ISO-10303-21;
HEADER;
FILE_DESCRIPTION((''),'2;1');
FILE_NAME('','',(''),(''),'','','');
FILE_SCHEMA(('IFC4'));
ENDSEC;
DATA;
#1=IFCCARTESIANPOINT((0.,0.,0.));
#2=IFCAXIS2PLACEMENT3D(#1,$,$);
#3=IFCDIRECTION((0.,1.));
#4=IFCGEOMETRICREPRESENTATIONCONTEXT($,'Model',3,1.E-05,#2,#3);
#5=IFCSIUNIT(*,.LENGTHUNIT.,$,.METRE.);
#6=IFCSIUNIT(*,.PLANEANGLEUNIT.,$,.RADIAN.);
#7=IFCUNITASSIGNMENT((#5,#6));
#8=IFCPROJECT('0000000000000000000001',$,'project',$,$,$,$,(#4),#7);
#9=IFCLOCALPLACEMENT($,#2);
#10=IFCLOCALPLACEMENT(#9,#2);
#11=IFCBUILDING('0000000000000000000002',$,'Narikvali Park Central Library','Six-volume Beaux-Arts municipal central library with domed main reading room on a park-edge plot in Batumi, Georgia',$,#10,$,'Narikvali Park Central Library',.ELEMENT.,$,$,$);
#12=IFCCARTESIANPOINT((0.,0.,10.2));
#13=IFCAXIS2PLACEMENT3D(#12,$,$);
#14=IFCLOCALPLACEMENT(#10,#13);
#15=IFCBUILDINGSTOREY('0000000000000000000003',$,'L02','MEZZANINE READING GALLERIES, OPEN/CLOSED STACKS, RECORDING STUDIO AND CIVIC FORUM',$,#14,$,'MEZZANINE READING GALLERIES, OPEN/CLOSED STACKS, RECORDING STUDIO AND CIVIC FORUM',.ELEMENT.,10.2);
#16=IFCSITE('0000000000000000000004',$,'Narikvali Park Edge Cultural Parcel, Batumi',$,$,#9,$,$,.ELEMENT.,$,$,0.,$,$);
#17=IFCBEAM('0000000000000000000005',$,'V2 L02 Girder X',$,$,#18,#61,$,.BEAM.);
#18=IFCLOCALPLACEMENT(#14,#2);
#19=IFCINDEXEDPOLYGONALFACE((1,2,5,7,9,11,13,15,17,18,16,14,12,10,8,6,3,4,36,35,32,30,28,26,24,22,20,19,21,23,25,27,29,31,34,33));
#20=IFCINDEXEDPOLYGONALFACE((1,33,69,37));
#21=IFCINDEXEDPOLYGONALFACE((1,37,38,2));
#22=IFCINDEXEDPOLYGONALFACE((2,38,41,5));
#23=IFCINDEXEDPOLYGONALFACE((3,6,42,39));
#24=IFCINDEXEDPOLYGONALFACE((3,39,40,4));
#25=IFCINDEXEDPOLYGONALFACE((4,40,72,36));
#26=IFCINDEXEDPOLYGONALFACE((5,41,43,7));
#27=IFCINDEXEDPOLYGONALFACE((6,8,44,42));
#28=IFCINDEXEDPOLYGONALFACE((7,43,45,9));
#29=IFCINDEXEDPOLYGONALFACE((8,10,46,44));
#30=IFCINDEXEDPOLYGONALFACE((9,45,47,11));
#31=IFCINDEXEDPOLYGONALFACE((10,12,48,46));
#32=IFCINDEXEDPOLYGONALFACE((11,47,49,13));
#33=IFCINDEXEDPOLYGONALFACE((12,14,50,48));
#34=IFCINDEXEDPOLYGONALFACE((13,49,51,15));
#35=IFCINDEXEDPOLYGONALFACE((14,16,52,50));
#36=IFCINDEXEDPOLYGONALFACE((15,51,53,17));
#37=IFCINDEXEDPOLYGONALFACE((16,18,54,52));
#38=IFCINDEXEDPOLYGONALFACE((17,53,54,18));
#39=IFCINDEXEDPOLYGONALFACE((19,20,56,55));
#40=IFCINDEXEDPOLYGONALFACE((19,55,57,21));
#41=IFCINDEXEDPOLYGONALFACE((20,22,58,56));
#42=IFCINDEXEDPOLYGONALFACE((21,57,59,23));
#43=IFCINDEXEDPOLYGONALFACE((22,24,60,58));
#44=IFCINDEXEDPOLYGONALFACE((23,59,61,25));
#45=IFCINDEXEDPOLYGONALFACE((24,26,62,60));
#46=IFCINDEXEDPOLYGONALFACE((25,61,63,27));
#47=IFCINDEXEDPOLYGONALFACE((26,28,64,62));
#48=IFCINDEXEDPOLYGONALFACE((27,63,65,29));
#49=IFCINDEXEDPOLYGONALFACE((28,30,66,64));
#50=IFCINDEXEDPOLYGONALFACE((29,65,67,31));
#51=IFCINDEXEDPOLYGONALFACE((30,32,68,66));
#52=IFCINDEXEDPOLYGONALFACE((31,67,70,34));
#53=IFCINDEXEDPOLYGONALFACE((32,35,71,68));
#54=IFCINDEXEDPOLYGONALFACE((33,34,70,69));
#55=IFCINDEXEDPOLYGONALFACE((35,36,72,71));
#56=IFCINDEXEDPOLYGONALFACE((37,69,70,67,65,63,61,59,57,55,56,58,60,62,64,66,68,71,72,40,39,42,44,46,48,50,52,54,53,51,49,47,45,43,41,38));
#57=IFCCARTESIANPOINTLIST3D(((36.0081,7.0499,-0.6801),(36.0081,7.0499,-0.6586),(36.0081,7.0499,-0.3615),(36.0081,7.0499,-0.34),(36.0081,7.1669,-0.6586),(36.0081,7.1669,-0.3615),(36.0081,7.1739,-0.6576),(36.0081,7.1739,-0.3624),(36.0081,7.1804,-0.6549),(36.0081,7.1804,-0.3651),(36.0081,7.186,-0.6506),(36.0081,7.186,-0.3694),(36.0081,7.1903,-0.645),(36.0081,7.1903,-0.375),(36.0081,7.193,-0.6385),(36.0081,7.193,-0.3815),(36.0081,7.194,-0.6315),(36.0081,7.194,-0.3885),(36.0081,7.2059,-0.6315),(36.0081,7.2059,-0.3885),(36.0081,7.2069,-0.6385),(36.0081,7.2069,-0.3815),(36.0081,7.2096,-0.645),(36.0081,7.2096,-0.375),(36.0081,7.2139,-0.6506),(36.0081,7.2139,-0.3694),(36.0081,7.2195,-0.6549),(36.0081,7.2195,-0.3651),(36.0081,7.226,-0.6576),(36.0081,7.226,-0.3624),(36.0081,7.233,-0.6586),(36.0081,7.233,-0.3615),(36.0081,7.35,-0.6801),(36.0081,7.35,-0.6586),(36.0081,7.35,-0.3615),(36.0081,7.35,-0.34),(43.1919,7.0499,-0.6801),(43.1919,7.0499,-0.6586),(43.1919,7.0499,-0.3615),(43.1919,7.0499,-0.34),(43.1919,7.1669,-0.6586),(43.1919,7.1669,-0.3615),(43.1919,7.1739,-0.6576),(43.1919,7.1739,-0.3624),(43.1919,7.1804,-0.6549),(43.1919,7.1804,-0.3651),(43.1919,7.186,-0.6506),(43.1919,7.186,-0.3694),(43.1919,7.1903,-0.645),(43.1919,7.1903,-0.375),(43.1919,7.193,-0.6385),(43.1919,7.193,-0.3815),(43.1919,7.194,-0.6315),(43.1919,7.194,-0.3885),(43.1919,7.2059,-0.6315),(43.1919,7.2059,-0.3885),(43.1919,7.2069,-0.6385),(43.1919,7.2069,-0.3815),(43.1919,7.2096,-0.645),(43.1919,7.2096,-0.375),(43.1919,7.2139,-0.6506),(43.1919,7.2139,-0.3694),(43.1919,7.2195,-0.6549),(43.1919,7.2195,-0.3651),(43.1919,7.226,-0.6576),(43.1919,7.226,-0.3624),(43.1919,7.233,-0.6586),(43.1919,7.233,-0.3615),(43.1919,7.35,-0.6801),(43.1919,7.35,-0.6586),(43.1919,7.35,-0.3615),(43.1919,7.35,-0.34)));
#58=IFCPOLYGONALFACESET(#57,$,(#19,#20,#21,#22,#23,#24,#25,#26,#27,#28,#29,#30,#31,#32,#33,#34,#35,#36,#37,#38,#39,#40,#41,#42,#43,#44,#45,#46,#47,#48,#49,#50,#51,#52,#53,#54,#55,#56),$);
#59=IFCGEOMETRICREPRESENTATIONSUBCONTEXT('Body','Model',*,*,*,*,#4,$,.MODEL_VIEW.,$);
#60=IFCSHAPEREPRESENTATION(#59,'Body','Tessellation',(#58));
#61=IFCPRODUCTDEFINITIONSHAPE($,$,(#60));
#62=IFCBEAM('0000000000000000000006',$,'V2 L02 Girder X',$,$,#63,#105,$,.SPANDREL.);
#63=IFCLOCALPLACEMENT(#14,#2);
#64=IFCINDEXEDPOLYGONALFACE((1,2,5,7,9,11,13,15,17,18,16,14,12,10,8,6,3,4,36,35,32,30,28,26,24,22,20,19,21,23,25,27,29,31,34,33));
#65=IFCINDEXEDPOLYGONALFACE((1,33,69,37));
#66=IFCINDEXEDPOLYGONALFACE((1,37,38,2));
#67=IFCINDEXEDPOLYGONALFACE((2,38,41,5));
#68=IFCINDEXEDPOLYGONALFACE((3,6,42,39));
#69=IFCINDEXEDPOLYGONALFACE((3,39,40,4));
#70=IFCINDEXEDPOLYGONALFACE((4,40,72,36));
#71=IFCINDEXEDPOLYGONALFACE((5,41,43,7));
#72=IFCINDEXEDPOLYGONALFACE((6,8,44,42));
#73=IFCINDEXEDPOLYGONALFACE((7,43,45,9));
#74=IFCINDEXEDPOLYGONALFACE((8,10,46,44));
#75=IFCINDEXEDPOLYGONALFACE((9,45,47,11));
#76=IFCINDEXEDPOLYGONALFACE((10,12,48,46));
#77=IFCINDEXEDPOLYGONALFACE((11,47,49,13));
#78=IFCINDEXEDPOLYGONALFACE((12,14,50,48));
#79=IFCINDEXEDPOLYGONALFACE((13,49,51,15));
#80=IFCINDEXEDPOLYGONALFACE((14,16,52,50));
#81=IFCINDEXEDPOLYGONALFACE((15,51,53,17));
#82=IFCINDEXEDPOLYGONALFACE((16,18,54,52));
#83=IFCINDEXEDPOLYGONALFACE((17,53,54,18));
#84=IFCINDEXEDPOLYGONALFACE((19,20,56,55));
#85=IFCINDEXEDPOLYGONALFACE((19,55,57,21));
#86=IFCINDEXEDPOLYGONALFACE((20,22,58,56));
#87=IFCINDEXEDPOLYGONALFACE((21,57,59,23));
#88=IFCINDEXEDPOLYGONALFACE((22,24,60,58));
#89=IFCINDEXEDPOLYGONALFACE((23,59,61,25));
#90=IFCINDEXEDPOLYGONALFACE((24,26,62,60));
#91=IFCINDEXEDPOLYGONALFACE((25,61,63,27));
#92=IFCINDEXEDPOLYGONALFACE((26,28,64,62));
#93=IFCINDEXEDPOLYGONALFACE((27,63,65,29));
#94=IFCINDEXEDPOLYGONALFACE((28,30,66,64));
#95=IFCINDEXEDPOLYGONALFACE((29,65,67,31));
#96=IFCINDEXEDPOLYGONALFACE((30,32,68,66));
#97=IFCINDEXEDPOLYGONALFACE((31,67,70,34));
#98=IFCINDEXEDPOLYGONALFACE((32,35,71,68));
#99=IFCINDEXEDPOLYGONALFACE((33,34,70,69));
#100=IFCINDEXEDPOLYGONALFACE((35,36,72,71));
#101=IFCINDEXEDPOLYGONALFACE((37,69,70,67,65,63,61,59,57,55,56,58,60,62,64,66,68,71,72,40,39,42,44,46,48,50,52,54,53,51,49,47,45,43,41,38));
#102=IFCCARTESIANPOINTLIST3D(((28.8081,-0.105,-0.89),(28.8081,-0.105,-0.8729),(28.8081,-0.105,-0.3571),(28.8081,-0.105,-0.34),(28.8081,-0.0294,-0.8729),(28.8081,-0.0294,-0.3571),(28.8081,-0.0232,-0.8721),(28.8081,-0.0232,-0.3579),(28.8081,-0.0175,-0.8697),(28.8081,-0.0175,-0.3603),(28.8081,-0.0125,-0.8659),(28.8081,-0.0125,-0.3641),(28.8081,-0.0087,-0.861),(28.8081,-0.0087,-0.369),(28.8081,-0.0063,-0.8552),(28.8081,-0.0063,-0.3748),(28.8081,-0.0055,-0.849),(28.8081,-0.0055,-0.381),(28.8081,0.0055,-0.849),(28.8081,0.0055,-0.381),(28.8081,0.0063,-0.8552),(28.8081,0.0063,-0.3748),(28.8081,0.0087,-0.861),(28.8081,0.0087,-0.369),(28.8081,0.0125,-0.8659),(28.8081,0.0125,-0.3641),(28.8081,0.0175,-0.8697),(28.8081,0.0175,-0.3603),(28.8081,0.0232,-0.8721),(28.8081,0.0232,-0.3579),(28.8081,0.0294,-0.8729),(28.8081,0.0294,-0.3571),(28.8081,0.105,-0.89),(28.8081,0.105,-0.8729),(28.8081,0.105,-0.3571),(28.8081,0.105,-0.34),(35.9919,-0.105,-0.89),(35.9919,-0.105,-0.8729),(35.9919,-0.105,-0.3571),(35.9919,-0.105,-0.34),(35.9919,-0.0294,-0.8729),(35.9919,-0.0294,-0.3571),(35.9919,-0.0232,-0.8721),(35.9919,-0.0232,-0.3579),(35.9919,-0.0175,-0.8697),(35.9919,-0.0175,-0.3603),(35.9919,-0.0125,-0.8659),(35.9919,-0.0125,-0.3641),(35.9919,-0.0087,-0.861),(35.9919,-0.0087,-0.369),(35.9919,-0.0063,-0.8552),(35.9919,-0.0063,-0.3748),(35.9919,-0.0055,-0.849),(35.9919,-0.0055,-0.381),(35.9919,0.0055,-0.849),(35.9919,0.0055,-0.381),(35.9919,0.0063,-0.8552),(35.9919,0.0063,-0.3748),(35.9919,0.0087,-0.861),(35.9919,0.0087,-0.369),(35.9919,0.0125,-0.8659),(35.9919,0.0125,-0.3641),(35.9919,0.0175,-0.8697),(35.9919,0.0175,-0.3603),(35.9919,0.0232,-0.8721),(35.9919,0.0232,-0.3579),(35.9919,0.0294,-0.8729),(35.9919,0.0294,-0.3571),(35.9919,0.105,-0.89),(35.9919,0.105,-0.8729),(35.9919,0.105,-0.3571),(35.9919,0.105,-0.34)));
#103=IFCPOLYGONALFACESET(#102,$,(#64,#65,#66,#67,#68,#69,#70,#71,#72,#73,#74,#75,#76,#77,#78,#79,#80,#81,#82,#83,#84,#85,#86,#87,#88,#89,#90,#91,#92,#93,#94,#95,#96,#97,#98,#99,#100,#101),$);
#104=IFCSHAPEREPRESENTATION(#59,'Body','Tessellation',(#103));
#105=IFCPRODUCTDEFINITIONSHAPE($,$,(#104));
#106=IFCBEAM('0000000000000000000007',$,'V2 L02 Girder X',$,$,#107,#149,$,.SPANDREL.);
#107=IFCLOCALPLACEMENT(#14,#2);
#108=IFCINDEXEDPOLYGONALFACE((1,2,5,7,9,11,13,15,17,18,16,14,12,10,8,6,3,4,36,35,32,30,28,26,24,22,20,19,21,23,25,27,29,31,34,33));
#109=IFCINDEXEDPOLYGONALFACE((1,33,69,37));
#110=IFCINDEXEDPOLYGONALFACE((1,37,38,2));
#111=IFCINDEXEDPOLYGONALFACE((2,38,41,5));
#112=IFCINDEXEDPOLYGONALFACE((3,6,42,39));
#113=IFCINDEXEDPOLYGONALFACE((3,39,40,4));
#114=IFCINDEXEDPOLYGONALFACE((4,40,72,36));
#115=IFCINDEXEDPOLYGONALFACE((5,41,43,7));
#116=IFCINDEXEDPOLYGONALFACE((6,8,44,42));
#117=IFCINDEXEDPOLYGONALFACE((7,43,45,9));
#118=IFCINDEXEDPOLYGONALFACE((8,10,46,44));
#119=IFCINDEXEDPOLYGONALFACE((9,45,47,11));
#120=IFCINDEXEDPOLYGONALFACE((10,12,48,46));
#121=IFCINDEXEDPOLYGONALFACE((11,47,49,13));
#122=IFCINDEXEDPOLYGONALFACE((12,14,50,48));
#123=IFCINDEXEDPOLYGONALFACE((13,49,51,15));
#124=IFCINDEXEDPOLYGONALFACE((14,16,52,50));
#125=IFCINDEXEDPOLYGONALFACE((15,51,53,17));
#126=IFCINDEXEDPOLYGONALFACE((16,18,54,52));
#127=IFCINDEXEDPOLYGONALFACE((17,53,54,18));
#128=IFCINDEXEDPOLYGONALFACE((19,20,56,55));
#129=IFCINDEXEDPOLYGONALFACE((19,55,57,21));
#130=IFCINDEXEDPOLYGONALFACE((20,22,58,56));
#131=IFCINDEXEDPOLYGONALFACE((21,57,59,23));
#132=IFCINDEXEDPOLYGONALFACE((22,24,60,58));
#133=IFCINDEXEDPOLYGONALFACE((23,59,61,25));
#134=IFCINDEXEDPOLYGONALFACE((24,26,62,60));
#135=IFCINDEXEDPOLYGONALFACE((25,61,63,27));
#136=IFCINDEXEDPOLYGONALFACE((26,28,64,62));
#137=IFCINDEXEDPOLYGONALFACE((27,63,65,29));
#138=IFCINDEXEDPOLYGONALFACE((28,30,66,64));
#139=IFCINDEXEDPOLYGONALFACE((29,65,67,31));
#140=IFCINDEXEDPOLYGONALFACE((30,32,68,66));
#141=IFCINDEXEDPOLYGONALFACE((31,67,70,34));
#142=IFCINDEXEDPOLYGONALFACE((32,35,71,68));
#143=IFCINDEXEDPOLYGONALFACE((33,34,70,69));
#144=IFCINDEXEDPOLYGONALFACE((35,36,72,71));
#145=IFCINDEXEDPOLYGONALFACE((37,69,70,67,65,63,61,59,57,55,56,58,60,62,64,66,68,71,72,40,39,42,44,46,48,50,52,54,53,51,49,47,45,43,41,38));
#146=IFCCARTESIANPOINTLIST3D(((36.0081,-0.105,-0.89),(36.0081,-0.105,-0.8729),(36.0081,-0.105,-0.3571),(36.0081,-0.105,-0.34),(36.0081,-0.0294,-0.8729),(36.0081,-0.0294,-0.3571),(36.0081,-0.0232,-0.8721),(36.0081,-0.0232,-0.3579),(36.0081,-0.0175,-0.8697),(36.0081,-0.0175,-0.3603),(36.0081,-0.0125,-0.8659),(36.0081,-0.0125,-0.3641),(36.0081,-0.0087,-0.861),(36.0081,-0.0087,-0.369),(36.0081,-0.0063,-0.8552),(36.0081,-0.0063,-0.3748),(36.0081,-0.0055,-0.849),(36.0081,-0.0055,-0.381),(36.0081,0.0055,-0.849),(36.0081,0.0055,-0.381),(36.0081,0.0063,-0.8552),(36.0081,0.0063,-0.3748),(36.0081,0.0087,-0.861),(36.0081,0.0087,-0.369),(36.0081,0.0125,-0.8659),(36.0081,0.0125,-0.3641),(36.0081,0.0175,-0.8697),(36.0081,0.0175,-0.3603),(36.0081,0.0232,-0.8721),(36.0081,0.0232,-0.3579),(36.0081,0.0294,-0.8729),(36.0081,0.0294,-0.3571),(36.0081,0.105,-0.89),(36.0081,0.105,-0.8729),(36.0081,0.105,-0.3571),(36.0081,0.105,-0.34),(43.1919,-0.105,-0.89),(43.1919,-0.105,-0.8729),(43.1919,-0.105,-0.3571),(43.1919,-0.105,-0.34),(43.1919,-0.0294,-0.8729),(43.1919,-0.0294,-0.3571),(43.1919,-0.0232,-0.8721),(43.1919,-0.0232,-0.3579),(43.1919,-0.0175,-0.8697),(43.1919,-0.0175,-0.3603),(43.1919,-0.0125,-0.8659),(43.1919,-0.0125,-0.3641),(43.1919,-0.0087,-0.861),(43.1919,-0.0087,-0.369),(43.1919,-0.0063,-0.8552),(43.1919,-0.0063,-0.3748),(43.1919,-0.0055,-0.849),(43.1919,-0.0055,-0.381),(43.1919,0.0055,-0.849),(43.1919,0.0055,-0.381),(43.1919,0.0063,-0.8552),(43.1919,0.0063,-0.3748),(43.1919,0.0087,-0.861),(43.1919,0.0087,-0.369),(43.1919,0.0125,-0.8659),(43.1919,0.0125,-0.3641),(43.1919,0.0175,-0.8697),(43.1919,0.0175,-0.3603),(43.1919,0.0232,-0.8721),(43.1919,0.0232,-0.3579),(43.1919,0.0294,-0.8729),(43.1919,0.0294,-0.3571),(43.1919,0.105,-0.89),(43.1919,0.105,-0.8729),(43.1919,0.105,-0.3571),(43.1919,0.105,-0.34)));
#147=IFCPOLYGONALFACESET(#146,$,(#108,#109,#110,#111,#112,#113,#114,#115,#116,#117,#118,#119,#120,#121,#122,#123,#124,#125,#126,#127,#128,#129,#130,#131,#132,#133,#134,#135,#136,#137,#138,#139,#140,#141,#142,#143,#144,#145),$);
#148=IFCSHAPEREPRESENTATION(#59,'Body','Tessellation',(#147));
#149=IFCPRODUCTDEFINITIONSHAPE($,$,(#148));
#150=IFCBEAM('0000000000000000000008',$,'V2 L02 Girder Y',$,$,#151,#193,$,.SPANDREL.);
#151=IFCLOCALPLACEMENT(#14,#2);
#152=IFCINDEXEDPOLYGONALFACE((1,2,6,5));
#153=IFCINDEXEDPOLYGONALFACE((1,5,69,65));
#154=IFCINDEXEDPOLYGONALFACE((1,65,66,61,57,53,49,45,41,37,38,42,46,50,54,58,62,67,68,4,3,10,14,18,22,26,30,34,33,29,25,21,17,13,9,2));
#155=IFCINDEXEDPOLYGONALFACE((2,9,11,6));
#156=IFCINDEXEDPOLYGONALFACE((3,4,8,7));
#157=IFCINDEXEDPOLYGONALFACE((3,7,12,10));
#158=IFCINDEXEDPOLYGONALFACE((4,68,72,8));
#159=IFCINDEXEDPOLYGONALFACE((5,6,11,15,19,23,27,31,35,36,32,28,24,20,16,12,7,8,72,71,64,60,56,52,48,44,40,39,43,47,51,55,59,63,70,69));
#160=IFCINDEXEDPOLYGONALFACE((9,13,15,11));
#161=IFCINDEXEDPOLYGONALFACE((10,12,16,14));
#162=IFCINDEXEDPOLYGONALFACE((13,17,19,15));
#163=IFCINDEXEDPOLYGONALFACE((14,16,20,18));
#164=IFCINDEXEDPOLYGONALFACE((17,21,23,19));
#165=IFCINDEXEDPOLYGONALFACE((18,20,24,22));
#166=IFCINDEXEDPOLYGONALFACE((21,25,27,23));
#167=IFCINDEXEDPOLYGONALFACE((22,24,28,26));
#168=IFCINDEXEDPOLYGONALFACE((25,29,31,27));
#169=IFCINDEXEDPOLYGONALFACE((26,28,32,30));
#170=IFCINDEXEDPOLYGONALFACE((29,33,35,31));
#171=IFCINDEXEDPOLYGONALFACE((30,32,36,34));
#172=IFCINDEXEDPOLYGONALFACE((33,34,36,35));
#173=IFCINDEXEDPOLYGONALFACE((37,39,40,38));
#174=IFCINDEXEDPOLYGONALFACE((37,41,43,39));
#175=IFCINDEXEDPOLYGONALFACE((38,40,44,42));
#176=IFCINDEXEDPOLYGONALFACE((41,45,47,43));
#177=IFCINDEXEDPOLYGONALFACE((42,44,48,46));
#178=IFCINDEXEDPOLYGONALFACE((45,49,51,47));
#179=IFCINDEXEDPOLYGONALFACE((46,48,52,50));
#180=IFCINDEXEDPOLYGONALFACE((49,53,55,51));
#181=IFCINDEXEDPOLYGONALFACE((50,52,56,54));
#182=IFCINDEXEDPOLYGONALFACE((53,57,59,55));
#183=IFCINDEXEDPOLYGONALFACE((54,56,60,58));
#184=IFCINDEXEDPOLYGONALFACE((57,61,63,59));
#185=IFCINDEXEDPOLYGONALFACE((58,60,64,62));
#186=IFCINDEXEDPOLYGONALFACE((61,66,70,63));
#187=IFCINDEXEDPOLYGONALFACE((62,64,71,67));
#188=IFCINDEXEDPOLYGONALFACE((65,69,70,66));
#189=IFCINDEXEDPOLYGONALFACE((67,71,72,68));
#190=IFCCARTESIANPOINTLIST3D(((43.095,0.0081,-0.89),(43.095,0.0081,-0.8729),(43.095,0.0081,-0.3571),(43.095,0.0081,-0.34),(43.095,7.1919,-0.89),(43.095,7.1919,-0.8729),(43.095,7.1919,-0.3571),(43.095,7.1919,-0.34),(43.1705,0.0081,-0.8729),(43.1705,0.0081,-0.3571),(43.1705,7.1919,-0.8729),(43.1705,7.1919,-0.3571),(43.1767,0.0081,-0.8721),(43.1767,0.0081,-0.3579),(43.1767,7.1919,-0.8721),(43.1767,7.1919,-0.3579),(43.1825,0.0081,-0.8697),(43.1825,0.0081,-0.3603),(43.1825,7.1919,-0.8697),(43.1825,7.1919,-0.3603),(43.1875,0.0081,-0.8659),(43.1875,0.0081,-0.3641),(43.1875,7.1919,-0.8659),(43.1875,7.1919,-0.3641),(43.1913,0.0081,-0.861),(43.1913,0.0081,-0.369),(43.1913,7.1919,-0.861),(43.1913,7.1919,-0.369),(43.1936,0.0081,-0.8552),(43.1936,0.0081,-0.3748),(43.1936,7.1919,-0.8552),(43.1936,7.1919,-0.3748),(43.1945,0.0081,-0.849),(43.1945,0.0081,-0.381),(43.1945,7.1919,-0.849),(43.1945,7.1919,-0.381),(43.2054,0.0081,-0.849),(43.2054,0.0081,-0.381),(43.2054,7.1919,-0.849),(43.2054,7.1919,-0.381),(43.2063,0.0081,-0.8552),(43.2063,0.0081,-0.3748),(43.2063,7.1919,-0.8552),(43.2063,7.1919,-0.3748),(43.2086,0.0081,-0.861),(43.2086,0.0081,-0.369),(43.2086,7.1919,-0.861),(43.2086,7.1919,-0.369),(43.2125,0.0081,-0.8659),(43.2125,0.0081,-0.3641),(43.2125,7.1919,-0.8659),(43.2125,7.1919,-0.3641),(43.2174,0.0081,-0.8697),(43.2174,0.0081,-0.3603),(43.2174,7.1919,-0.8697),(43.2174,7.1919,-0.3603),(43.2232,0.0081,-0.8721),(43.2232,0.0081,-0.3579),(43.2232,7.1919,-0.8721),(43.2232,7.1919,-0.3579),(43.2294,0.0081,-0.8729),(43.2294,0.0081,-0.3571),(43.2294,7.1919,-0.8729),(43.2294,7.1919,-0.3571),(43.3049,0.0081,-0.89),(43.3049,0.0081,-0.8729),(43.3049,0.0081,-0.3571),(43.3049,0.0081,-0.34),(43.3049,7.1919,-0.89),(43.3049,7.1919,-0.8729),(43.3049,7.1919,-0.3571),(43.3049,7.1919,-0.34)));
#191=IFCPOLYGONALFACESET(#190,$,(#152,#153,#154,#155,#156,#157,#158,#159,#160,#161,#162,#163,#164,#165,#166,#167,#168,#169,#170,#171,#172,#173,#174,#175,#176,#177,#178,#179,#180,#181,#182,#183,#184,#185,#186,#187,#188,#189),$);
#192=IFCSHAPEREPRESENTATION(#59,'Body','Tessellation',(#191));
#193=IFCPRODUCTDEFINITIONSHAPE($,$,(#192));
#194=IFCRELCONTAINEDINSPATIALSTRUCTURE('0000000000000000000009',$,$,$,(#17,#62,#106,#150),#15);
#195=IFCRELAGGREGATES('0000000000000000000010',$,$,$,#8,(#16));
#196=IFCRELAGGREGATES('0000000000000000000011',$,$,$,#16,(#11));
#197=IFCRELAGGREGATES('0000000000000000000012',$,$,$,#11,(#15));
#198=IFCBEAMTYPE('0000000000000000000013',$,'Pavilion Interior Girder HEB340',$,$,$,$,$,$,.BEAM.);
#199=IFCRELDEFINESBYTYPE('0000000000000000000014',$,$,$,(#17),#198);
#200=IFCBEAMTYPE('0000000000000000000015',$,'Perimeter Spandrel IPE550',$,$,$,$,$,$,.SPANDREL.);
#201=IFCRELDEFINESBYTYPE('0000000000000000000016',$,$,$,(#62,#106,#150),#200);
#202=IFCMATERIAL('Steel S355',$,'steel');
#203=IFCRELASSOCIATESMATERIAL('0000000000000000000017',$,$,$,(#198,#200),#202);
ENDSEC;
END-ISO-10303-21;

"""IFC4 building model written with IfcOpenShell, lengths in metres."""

from ifc_helpers import new_model, si_unit, direction, frame, origin, origin_2d, place, context, subcontext, project, spatial, i_section, extrude, material, material_profile, profile_set, type_object, element, save


model = new_model("IFC4")

# Units and contexts
model_context = context("Model", 3, precision=1e-05, world=origin(), true_north=direction((0.0, 1.0)))
body_context = subcontext(model_context, "Body", "Model", "MODEL_VIEW")
ifc_project = project(units=[si_unit("LENGTHUNIT", "METRE"), si_unit("PLANEANGLEUNIT", "RADIAN")], contexts=[model_context])

# Site, building, storey
site_placement = place(None, origin())
site = spatial("IfcSite", under=ifc_project, at=site_placement, Name="Narikvali Park Edge Cultural Parcel, Batumi", CompositionType="ELEMENT", RefElevation=0.0)
building_placement = place(site_placement, origin())
building = spatial("IfcBuilding", under=site, at=building_placement, Name="Narikvali Park Central Library", Description="Six-volume Beaux-Arts municipal central library with domed main reading room on a park-edge plot in Batumi, Georgia", LongName="Narikvali Park Central Library", CompositionType="ELEMENT")
storey_placement = place(building_placement, frame((0.0, 0.0, 10.2)))
storey = spatial("IfcBuildingStorey", under=building, at=storey_placement, Name="L02", Description="MEZZANINE READING GALLERIES, OPEN/CLOSED STACKS, RECORDING STUDIO AND CIVIC FORUM", LongName="MEZZANINE READING GALLERIES, OPEN/CLOSED STACKS, RECORDING STUDIO AND CIVIC FORUM", CompositionType="ELEMENT", Elevation=10.2)

# Beams
ifc_material_1 = material(Name="Steel S355", Category="steel")
ifc_material_profile_1 = material_profile(ifc_material_1, i_section(OverallWidth=0.3, OverallDepth=0.3401, WebThickness=0.012, FlangeThickness=0.0215, FilletRadius=0.0271, at=origin_2d()), Name="HEB 340")
ifc_profile_set_1 = profile_set([ifc_material_profile_1], Name="Steel S355")
beam_type_1 = type_object("IfcBeamType", Name="Pavilion Interior Girder HEB340", PredefinedType="BEAM", material=ifc_profile_set_1)
for number, where, z_axis, x_axis, name in (
    (1, (36.0081, 7.2, -0.51), (1.0, 0.0, 0.0), (0.0, 1.0, 0.0), "V2 L02 Girder X"),
):
    element("IfcBeam", number, at=place(storey_placement, frame(where, z_axis=z_axis, x_axis=x_axis)), inside=storey, type_object=beam_type_1, Name=name, PredefinedType="BEAM", context=body_context, shape_type="SweptSolid", body=[
        extrude(i_section(OverallWidth=0.3, OverallDepth=0.3401, WebThickness=0.012, FlangeThickness=0.0215, FilletRadius=0.0271, at=origin_2d()), origin(), (0.0, 0.0, 1.0), 7.1838),
    ])
ifc_material_profile_2 = material_profile(ifc_material_1, i_section(OverallWidth=0.21, OverallDepth=0.55, WebThickness=0.011, FlangeThickness=0.0171, FilletRadius=0.0239, at=origin_2d()), Name="IPE 550")
ifc_profile_set_2 = profile_set([ifc_material_profile_2], Name="Steel S355")
beam_type_2 = type_object("IfcBeamType", Name="Perimeter Spandrel IPE550", PredefinedType="SPANDREL", material=ifc_profile_set_2)
for number, where, z_axis, x_axis, name in (
    (2, (28.8081, 0.0, -0.615), (1.0, 0.0, 0.0), (0.0, 1.0, 0.0), "V2 L02 Girder X"),
    (3, (36.0081, 0.0, -0.615), (1.0, 0.0, 0.0), (0.0, 1.0, 0.0), "V2 L02 Girder X"),
    (4, (43.2, 0.0081, -0.615), (0.0, 1.0, 0.0), (-1.0, 0.0, 0.0), "V2 L02 Girder Y"),
):
    element("IfcBeam", number, at=place(storey_placement, frame(where, z_axis=z_axis, x_axis=x_axis)), inside=storey, type_object=beam_type_2, Name=name, PredefinedType="SPANDREL", context=body_context, shape_type="SweptSolid", body=[
        extrude(i_section(OverallWidth=0.21, OverallDepth=0.55, WebThickness=0.011, FlangeThickness=0.0171, FilletRadius=0.0239, at=origin_2d()), origin(), (0.0, 0.0, 1.0), 7.1838),
    ])

save(model, "model.ifc")
